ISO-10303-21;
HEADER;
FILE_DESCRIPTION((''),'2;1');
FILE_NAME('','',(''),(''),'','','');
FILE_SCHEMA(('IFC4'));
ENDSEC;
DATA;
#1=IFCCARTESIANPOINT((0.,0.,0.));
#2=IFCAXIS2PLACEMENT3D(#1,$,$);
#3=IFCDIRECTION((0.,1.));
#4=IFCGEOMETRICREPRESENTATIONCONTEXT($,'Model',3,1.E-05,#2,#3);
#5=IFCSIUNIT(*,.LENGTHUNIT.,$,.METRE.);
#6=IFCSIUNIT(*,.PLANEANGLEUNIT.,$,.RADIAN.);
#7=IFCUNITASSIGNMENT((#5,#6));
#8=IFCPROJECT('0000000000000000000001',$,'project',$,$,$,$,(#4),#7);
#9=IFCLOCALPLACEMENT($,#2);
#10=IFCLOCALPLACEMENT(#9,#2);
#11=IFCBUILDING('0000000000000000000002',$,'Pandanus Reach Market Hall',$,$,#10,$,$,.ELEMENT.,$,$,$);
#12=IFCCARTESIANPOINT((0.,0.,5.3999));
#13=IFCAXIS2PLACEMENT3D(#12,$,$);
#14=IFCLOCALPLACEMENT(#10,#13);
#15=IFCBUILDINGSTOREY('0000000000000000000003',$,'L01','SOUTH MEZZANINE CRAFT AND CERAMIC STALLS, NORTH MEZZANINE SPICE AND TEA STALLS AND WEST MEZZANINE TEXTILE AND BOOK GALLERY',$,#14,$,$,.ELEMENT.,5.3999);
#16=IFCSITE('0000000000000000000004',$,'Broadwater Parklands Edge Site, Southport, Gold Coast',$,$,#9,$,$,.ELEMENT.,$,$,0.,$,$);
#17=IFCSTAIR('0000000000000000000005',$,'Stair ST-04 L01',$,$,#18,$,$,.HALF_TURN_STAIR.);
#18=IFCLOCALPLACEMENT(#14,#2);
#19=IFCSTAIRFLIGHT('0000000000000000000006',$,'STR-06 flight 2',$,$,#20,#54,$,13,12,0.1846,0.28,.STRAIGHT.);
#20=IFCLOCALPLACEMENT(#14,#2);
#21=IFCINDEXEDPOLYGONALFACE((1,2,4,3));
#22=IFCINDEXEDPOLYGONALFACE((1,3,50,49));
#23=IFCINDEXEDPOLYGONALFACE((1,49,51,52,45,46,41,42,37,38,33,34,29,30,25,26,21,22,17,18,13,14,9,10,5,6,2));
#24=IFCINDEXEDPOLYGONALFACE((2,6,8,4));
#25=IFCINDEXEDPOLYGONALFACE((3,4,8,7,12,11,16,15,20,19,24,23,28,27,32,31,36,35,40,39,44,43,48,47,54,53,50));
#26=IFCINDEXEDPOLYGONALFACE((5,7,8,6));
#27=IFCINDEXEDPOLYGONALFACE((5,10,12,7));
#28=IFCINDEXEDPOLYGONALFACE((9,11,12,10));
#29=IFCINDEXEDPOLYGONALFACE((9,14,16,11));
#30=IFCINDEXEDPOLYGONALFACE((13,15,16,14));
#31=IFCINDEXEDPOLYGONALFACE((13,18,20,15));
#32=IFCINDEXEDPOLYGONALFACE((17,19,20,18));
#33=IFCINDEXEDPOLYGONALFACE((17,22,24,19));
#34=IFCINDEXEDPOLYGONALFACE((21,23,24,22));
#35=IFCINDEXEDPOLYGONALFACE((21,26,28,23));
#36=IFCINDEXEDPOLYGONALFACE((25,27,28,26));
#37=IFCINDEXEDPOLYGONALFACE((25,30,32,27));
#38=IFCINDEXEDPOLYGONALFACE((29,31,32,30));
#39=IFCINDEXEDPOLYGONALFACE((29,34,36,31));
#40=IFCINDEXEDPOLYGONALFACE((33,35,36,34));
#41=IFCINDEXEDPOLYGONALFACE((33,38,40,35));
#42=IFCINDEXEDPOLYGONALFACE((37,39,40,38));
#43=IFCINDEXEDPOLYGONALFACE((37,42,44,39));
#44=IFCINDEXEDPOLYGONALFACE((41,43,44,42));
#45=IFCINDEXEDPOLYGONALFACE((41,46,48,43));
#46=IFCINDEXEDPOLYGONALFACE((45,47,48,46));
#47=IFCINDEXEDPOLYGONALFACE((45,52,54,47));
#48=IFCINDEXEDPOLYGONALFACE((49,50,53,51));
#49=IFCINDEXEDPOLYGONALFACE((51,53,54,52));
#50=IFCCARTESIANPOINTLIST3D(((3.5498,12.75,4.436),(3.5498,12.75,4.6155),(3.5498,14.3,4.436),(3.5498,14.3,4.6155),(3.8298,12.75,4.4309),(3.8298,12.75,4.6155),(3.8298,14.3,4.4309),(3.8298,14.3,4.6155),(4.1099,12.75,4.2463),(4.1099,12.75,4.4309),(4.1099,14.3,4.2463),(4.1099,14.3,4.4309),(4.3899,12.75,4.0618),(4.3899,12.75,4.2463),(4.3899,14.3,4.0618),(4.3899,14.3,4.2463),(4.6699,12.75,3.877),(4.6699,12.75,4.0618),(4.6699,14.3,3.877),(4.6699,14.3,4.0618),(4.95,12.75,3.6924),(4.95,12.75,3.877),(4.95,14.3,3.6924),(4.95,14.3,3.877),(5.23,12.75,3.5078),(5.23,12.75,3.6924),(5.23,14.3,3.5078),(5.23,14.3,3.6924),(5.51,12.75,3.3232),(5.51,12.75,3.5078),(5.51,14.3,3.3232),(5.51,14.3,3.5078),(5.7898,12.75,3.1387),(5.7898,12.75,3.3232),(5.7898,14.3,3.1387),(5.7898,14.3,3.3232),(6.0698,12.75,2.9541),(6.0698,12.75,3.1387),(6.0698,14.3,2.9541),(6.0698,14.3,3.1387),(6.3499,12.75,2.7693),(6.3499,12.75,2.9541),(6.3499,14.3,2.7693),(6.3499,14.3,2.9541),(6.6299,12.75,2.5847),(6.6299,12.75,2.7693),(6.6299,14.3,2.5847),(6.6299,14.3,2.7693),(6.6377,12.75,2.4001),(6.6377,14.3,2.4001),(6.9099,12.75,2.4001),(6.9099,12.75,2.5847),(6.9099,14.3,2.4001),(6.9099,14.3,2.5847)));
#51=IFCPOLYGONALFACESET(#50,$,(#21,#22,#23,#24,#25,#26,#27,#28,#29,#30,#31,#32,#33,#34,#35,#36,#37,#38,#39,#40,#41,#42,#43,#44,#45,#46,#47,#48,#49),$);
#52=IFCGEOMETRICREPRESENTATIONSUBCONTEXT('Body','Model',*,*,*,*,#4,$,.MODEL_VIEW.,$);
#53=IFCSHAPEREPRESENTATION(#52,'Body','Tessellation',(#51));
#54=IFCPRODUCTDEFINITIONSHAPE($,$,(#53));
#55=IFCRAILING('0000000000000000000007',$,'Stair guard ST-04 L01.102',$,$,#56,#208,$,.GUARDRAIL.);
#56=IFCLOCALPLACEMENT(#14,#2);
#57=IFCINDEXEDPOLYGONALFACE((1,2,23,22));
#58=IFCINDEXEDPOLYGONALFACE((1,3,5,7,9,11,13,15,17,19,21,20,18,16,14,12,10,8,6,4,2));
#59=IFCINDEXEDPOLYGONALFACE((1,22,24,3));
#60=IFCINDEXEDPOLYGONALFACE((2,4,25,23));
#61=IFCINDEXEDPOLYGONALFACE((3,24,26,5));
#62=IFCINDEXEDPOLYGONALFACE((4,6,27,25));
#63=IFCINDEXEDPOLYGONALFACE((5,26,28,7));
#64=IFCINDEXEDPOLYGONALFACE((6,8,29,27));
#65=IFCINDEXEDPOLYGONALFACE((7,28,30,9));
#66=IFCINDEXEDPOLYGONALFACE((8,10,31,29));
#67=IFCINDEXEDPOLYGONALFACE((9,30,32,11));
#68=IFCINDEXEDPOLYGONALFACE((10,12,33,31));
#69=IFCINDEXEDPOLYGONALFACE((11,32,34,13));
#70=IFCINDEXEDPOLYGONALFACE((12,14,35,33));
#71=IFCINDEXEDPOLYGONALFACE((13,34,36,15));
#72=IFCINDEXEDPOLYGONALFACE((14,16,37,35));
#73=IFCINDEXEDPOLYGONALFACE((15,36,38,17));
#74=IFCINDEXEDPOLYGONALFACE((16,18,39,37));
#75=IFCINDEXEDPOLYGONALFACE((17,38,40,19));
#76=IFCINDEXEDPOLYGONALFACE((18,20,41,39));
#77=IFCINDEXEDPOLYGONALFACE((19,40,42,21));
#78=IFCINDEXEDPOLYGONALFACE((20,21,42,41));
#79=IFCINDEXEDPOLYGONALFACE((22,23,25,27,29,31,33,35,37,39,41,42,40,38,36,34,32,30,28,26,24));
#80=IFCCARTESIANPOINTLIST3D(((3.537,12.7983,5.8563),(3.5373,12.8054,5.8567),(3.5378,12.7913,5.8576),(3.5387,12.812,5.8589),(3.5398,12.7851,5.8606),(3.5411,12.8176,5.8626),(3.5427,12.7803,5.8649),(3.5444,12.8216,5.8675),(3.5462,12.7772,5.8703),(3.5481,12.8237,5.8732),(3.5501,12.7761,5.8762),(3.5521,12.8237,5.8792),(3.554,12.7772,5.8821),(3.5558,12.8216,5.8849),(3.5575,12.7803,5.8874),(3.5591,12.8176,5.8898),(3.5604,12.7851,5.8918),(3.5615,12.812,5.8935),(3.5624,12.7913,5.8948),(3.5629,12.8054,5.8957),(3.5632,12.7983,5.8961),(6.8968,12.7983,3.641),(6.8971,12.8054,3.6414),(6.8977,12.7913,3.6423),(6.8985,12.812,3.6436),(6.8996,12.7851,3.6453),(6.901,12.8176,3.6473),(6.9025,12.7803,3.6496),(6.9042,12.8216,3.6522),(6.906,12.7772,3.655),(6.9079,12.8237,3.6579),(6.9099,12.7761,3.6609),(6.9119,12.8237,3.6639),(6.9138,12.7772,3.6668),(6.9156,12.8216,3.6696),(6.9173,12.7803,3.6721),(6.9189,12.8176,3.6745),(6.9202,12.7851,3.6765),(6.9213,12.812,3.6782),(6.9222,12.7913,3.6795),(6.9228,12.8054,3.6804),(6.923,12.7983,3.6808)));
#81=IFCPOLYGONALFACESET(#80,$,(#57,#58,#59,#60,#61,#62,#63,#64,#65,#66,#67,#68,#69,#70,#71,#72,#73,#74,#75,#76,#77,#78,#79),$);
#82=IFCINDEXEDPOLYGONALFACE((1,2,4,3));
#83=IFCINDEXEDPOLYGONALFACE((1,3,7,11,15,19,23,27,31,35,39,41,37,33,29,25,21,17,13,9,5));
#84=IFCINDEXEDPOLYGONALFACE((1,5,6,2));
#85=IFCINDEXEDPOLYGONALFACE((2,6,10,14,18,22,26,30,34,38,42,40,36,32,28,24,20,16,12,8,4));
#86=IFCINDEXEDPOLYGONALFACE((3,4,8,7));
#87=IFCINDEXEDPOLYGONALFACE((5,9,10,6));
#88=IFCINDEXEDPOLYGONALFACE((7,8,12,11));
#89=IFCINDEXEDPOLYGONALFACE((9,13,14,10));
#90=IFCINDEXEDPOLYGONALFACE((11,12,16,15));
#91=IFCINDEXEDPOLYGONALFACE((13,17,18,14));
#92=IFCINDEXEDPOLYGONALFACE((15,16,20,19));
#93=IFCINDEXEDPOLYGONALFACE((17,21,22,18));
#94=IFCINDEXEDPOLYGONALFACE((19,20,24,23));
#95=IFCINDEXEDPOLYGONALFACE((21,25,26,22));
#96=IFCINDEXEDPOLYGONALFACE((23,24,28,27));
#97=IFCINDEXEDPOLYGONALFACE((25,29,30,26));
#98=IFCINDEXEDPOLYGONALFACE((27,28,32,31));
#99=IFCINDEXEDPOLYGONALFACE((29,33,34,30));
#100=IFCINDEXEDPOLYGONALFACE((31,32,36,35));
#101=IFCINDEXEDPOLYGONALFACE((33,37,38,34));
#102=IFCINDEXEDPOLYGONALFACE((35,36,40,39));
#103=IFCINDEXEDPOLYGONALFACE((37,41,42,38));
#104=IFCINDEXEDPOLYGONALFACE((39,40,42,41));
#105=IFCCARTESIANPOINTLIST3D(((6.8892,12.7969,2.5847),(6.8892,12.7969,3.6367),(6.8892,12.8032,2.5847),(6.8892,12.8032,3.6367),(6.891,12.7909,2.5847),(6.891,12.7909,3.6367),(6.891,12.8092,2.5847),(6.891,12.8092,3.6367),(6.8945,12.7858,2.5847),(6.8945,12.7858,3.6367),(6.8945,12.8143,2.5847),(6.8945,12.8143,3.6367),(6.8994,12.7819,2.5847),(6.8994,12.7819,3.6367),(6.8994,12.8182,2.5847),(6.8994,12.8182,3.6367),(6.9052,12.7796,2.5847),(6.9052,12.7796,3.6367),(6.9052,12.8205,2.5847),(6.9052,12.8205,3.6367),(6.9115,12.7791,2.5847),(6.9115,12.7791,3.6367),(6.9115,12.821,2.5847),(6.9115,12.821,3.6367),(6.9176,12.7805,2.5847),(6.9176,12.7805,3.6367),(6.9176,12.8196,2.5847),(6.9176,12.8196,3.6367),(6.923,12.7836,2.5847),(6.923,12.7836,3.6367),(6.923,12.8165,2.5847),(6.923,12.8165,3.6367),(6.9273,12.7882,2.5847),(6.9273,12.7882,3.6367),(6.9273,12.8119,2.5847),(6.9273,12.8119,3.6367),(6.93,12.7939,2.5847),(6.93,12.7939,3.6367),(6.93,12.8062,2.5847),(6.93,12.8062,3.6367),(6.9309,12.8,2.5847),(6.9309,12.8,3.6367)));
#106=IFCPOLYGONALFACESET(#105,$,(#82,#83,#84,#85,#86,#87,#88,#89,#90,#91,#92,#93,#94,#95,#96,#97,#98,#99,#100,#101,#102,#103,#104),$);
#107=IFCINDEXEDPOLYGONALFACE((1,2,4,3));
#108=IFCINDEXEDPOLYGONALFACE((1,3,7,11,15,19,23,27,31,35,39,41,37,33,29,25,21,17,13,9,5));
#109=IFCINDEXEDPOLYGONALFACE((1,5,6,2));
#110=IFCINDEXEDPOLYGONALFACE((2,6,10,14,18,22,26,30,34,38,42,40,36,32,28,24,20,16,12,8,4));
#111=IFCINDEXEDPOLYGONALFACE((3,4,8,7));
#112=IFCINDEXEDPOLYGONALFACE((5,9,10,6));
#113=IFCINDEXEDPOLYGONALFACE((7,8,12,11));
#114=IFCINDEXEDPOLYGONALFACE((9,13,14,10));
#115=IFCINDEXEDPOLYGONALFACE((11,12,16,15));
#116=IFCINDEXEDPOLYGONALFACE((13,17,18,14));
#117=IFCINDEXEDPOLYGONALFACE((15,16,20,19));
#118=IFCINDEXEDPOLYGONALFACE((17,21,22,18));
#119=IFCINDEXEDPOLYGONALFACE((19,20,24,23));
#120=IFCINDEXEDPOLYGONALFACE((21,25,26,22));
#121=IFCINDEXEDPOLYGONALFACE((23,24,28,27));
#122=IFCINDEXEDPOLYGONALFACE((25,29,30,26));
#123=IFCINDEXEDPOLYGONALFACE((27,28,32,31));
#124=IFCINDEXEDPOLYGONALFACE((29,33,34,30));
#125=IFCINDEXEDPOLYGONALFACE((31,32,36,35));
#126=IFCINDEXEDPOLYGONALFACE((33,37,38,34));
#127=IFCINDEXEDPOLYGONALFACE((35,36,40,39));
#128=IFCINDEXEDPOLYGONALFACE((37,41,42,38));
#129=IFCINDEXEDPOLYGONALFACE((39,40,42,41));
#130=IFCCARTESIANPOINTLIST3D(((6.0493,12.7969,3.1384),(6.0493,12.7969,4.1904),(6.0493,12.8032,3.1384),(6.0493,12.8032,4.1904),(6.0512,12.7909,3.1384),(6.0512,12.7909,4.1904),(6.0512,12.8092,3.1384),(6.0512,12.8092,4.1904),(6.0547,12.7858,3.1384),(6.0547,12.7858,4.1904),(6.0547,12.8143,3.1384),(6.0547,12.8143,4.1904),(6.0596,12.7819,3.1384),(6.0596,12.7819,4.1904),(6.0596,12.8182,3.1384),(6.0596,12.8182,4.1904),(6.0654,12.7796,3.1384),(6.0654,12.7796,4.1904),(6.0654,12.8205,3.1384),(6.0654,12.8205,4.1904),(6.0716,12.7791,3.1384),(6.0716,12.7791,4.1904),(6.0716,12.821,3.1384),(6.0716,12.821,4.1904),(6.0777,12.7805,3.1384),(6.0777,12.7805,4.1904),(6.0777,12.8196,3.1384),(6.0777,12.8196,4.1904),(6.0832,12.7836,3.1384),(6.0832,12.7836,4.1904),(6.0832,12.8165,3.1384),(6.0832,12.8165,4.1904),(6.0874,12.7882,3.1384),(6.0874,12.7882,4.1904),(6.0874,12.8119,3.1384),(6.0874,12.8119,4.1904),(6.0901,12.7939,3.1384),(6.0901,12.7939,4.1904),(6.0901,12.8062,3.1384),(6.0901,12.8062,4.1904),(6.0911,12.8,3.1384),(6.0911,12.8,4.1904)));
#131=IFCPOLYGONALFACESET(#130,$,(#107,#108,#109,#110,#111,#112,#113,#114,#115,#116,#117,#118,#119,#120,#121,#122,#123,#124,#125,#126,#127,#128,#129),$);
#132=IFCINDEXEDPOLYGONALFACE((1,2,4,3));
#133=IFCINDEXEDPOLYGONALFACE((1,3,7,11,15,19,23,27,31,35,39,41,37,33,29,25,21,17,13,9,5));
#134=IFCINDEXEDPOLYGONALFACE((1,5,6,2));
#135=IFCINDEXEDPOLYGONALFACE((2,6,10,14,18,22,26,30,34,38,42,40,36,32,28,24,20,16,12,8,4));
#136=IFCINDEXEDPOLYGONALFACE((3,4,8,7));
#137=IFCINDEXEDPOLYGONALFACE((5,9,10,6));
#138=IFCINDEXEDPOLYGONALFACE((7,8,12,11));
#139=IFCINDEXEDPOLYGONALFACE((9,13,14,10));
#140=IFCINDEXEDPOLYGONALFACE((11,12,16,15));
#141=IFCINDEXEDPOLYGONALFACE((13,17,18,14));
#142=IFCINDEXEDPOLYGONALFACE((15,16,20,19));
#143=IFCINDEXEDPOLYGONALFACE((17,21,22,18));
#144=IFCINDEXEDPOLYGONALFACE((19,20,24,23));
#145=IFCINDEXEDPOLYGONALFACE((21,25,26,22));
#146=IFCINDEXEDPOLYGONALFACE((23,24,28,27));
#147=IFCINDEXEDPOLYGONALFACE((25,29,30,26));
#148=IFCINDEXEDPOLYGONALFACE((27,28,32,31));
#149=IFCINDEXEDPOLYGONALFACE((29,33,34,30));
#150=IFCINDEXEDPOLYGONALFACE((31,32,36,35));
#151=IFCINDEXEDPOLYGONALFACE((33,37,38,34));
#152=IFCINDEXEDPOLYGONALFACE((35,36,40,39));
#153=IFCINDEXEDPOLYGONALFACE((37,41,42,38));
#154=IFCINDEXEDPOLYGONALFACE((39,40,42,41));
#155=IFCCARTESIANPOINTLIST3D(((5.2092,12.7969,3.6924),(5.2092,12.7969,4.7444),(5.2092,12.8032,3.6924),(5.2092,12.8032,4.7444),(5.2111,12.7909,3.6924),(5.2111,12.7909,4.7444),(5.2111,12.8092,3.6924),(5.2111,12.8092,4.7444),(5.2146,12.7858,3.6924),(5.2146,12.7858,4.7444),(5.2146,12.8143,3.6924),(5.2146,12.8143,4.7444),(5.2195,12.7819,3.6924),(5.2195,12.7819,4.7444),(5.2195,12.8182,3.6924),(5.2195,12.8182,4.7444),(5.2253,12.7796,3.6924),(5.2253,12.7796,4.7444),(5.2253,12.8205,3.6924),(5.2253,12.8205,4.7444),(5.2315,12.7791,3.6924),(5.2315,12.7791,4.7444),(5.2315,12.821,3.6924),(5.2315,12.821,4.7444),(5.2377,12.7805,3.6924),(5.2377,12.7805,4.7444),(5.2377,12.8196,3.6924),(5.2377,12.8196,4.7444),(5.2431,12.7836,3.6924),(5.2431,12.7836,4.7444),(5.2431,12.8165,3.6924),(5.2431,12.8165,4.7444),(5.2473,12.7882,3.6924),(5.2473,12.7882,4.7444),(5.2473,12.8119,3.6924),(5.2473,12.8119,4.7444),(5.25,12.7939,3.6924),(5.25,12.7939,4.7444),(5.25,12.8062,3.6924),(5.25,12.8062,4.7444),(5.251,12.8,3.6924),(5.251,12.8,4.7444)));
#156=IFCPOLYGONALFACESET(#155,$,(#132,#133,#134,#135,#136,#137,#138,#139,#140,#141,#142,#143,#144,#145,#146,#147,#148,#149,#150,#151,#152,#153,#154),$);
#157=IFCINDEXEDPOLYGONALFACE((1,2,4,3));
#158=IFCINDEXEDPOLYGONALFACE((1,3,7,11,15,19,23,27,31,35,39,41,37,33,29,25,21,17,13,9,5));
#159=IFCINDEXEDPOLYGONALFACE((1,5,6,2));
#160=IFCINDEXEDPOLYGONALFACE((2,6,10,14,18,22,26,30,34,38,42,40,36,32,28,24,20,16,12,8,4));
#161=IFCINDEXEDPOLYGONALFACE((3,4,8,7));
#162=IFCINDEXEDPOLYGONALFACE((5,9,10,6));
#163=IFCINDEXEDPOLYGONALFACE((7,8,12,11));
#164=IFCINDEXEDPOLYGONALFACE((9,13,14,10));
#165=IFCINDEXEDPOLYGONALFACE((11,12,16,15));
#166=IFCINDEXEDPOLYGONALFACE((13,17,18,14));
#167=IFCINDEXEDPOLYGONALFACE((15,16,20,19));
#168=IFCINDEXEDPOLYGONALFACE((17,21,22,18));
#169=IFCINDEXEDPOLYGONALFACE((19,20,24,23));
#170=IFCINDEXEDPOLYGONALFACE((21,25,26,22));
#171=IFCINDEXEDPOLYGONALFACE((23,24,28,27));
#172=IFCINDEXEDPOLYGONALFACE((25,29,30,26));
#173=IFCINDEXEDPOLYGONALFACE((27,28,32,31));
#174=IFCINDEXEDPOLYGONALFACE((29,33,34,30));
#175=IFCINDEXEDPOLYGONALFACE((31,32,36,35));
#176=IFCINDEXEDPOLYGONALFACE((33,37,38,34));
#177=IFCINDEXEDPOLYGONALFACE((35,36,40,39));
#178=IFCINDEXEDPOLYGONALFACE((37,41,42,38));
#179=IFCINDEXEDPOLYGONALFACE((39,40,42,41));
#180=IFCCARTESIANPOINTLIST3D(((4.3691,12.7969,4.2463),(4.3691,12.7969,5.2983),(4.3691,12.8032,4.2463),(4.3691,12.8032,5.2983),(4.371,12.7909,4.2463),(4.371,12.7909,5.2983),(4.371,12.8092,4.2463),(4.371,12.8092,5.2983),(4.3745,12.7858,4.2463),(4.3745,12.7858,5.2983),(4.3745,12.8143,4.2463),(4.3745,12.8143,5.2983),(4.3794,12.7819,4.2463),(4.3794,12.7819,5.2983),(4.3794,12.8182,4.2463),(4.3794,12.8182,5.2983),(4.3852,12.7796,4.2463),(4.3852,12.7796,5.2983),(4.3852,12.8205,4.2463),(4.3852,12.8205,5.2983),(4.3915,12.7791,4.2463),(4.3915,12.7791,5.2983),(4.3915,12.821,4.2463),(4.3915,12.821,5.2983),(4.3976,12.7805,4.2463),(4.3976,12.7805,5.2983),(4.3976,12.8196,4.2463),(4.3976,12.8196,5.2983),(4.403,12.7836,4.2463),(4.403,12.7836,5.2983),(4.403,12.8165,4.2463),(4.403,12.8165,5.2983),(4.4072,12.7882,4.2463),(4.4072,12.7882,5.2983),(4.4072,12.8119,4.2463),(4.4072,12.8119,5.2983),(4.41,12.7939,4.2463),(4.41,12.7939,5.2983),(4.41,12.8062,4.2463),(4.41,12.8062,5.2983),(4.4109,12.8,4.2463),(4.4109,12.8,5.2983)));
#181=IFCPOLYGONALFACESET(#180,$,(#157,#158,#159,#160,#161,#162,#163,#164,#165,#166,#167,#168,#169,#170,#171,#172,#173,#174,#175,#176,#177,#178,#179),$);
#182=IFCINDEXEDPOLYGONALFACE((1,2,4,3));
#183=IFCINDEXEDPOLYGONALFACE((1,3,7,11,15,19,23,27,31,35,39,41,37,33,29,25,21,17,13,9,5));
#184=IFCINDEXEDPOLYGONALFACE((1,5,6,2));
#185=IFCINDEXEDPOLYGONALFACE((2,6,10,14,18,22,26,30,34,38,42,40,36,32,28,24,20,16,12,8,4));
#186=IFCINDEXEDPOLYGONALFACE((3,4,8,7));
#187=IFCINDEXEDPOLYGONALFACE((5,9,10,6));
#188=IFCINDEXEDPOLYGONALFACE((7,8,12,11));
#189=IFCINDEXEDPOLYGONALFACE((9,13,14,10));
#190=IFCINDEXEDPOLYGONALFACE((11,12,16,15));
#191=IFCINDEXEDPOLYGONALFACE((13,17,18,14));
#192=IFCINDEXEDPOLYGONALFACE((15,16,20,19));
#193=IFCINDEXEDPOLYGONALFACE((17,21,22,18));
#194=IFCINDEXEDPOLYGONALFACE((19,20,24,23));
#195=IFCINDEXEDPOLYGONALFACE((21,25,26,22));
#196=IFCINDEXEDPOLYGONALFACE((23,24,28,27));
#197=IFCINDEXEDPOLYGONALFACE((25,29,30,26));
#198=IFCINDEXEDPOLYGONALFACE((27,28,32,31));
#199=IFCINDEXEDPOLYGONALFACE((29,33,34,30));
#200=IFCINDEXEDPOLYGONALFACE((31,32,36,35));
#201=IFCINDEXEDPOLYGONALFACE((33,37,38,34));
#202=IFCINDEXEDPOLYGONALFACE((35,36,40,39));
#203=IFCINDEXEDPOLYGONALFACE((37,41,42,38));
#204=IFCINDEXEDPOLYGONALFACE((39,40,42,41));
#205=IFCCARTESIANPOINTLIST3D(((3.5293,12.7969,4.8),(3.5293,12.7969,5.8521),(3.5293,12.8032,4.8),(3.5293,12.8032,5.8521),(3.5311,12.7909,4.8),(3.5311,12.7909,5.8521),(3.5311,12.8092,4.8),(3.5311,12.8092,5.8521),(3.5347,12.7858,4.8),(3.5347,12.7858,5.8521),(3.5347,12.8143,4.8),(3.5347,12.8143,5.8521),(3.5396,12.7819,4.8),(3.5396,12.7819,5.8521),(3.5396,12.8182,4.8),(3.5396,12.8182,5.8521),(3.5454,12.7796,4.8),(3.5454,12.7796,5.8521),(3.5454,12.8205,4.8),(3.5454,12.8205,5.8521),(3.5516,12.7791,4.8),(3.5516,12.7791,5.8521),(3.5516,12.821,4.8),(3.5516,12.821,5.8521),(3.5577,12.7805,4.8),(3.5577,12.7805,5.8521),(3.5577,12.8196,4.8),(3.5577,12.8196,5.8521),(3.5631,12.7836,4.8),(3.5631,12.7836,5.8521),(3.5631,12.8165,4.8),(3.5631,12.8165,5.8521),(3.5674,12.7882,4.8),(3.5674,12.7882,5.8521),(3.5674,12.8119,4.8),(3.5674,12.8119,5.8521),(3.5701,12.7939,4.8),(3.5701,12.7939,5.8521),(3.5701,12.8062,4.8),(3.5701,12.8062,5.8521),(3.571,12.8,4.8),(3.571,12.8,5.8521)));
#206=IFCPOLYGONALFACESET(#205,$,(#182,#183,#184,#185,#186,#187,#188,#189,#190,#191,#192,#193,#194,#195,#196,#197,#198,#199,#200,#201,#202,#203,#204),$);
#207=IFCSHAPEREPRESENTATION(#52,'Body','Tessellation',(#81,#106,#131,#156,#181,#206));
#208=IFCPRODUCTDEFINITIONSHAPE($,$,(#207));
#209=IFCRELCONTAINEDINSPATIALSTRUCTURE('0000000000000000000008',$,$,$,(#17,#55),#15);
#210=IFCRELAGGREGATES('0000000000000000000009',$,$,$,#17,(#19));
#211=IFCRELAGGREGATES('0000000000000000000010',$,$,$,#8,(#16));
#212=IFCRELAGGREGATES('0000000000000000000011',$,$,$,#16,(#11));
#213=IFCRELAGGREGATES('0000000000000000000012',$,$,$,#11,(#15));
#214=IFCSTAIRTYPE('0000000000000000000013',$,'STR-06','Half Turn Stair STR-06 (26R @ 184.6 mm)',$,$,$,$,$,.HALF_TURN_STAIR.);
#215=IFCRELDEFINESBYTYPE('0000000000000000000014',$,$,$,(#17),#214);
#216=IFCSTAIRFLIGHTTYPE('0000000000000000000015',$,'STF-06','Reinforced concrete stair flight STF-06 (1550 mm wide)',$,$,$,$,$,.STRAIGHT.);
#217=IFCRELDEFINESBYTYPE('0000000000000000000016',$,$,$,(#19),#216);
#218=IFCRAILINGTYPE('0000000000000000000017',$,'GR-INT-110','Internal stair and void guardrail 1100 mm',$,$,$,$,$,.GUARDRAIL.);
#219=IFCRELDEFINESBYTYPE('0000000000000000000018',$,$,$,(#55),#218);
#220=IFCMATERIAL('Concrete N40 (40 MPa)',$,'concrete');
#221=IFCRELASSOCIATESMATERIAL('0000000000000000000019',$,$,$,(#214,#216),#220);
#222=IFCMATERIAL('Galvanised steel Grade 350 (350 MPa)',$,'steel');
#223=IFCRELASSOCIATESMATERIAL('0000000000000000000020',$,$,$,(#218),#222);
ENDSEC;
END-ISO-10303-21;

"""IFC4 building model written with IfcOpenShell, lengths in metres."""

from ifc_helpers import new_model, si_unit, direction, frame, origin, origin_2d, place, context, subcontext, project, spatial, polyline, circle, outline, extrude, material, type_object, element, aggregate, save


model = new_model("IFC4")

# Units and contexts
model_context = context("Model", 3, precision=1e-05, world=origin(), true_north=direction((0.0, 1.0)))
body_context = subcontext(model_context, "Body", "Model", "MODEL_VIEW")
ifc_project = project(units=[si_unit("LENGTHUNIT", "METRE"), si_unit("PLANEANGLEUNIT", "RADIAN")], contexts=[model_context])

# Site, building, storey
site_placement = place(None, origin())
site = spatial("IfcSite", under=ifc_project, at=site_placement, Name="Broadwater Parklands Edge Site, Southport, Gold Coast", CompositionType="ELEMENT", RefElevation=0.0)
building_placement = place(site_placement, origin())
building = spatial("IfcBuilding", under=site, at=building_placement, Name="Pandanus Reach Market Hall", CompositionType="ELEMENT")
storey_placement = place(building_placement, frame((0.0, 0.0, 5.3999)))
storey = spatial("IfcBuildingStorey", under=building, at=storey_placement, Name="L01", Description="SOUTH MEZZANINE CRAFT AND CERAMIC STALLS, NORTH MEZZANINE SPICE AND TEA STALLS AND WEST MEZZANINE TEXTILE AND BOOK GALLERY", CompositionType="ELEMENT", Elevation=5.3999)

# Shared definitions
ifc_material_1 = material(Name="Concrete N40 (40 MPa)", Category="concrete")

# Stair, stair flight
stair_type = type_object("IfcStairType", Name="STR-06", Description="Half Turn Stair STR-06 (26R @ 184.6 mm)", PredefinedType="HALF_TURN_STAIR", material=ifc_material_1)
stair_placement = place(storey_placement, origin())
stair = element("IfcStair", 1, at=stair_placement, inside=storey, type_object=stair_type, Name="Stair ST-04 L01", PredefinedType="HALF_TURN_STAIR")
stair_flight_type = type_object("IfcStairFlightType", Name="STF-06", Description="Reinforced concrete stair flight STF-06 (1550 mm wide)", PredefinedType="STRAIGHT", material=ifc_material_1)
stair_flight_placement = place(storey_placement, frame((6.9099, 13.5249, 2.4001), z_axis=(0.0, 0.0, 1.0), x_axis=(-1.0, 0.0, 0.0)))
stair_flight = element("IfcStairFlight", 2, at=stair_flight_placement, type_object=stair_flight_type, Name="STR-06 flight 2", NumberOfRisers=13, NumberOfTreads=12, PredefinedType="STRAIGHT", RiserHeight=0.1846, TreadLength=0.28, context=body_context, shape_type="SweptSolid", body=[
    extrude(outline(polyline([(0.0, 0.0), (0.0, 0.1846), (0.28, 0.1846), (0.28, 0.3691), (0.5601, 0.3691), (0.5601, 0.554), (0.8401, 0.554), (0.8401, 0.7385), (1.1201, 0.7385), (1.1201, 0.9231), (1.3999, 0.9231), (1.3999, 1.1077), (1.6799, 1.1077), (1.6799, 1.2922), (1.96, 1.2922), (1.96, 1.4768), (2.24, 1.4768), (2.24, 1.6616), (2.52, 1.6616), (2.52, 1.8462), (2.8, 1.8462), (2.8, 2.0308), (3.0801, 2.0308), (3.0801, 2.2153), (3.3601, 2.2153), (3.3601, 2.3999), (3.3601, 2.0359), (0.2722, 0.0), (0.0, 0.0)])), frame((0.0, 0.7749, 0.0), z_axis=(0.0, -1.0, 0.0), x_axis=(1.0, 0.0, 0.0)), (0.0, 0.0, 1.0), 1.55),
])
aggregate(stair, [stair_flight])

# Railing
ifc_material_2 = material(Name="Galvanised steel Grade 350 (350 MPa)", Category="steel")
railing_type_1 = type_object("IfcRailingType", Name="GR-INT-110", Description="Internal stair and void guardrail 1100 mm", PredefinedType="GUARDRAIL", material=ifc_material_2)
railing_1_placement = place(storey_placement, frame((6.9099, 12.8, 2.5847)))
element("IfcRailing", 3, at=railing_1_placement, inside=storey, type_object=railing_type_1, Name="Stair guard ST-04 L01.102", PredefinedType="GUARDRAIL", context=body_context, shape_type="SweptSolid", body=[
    extrude(circle(Radius=0.0239, at=origin_2d()), frame((0.0, 0.0, 1.0762), z_axis=(-0.834858, 0.0, 0.550465), x_axis=(0.0, -1.0, 0.0)), (0.0, 0.0, 1.0), 4.0244),
    extrude(circle(Radius=0.021, at=origin_2d()), origin(), (0.0, 0.0, 1.0), 1.052),
    extrude(circle(Radius=0.021, at=origin_2d()), frame((-0.8398, 0.0, 0.5537)), (0.0, 0.0, 1.0), 1.052),
    extrude(circle(Radius=0.021, at=origin_2d()), frame((-1.6799, 0.0, 1.1077)), (0.0, 0.0, 1.0), 1.052),
    extrude(circle(Radius=0.021, at=origin_2d()), frame((-2.52, 0.0, 1.6616)), (0.0, 0.0, 1.0), 1.052),
    extrude(circle(Radius=0.021, at=origin_2d()), frame((-3.3599, 0.0, 2.2153)), (0.0, 0.0, 1.0), 1.052),
])

save(model, "model.ifc")
